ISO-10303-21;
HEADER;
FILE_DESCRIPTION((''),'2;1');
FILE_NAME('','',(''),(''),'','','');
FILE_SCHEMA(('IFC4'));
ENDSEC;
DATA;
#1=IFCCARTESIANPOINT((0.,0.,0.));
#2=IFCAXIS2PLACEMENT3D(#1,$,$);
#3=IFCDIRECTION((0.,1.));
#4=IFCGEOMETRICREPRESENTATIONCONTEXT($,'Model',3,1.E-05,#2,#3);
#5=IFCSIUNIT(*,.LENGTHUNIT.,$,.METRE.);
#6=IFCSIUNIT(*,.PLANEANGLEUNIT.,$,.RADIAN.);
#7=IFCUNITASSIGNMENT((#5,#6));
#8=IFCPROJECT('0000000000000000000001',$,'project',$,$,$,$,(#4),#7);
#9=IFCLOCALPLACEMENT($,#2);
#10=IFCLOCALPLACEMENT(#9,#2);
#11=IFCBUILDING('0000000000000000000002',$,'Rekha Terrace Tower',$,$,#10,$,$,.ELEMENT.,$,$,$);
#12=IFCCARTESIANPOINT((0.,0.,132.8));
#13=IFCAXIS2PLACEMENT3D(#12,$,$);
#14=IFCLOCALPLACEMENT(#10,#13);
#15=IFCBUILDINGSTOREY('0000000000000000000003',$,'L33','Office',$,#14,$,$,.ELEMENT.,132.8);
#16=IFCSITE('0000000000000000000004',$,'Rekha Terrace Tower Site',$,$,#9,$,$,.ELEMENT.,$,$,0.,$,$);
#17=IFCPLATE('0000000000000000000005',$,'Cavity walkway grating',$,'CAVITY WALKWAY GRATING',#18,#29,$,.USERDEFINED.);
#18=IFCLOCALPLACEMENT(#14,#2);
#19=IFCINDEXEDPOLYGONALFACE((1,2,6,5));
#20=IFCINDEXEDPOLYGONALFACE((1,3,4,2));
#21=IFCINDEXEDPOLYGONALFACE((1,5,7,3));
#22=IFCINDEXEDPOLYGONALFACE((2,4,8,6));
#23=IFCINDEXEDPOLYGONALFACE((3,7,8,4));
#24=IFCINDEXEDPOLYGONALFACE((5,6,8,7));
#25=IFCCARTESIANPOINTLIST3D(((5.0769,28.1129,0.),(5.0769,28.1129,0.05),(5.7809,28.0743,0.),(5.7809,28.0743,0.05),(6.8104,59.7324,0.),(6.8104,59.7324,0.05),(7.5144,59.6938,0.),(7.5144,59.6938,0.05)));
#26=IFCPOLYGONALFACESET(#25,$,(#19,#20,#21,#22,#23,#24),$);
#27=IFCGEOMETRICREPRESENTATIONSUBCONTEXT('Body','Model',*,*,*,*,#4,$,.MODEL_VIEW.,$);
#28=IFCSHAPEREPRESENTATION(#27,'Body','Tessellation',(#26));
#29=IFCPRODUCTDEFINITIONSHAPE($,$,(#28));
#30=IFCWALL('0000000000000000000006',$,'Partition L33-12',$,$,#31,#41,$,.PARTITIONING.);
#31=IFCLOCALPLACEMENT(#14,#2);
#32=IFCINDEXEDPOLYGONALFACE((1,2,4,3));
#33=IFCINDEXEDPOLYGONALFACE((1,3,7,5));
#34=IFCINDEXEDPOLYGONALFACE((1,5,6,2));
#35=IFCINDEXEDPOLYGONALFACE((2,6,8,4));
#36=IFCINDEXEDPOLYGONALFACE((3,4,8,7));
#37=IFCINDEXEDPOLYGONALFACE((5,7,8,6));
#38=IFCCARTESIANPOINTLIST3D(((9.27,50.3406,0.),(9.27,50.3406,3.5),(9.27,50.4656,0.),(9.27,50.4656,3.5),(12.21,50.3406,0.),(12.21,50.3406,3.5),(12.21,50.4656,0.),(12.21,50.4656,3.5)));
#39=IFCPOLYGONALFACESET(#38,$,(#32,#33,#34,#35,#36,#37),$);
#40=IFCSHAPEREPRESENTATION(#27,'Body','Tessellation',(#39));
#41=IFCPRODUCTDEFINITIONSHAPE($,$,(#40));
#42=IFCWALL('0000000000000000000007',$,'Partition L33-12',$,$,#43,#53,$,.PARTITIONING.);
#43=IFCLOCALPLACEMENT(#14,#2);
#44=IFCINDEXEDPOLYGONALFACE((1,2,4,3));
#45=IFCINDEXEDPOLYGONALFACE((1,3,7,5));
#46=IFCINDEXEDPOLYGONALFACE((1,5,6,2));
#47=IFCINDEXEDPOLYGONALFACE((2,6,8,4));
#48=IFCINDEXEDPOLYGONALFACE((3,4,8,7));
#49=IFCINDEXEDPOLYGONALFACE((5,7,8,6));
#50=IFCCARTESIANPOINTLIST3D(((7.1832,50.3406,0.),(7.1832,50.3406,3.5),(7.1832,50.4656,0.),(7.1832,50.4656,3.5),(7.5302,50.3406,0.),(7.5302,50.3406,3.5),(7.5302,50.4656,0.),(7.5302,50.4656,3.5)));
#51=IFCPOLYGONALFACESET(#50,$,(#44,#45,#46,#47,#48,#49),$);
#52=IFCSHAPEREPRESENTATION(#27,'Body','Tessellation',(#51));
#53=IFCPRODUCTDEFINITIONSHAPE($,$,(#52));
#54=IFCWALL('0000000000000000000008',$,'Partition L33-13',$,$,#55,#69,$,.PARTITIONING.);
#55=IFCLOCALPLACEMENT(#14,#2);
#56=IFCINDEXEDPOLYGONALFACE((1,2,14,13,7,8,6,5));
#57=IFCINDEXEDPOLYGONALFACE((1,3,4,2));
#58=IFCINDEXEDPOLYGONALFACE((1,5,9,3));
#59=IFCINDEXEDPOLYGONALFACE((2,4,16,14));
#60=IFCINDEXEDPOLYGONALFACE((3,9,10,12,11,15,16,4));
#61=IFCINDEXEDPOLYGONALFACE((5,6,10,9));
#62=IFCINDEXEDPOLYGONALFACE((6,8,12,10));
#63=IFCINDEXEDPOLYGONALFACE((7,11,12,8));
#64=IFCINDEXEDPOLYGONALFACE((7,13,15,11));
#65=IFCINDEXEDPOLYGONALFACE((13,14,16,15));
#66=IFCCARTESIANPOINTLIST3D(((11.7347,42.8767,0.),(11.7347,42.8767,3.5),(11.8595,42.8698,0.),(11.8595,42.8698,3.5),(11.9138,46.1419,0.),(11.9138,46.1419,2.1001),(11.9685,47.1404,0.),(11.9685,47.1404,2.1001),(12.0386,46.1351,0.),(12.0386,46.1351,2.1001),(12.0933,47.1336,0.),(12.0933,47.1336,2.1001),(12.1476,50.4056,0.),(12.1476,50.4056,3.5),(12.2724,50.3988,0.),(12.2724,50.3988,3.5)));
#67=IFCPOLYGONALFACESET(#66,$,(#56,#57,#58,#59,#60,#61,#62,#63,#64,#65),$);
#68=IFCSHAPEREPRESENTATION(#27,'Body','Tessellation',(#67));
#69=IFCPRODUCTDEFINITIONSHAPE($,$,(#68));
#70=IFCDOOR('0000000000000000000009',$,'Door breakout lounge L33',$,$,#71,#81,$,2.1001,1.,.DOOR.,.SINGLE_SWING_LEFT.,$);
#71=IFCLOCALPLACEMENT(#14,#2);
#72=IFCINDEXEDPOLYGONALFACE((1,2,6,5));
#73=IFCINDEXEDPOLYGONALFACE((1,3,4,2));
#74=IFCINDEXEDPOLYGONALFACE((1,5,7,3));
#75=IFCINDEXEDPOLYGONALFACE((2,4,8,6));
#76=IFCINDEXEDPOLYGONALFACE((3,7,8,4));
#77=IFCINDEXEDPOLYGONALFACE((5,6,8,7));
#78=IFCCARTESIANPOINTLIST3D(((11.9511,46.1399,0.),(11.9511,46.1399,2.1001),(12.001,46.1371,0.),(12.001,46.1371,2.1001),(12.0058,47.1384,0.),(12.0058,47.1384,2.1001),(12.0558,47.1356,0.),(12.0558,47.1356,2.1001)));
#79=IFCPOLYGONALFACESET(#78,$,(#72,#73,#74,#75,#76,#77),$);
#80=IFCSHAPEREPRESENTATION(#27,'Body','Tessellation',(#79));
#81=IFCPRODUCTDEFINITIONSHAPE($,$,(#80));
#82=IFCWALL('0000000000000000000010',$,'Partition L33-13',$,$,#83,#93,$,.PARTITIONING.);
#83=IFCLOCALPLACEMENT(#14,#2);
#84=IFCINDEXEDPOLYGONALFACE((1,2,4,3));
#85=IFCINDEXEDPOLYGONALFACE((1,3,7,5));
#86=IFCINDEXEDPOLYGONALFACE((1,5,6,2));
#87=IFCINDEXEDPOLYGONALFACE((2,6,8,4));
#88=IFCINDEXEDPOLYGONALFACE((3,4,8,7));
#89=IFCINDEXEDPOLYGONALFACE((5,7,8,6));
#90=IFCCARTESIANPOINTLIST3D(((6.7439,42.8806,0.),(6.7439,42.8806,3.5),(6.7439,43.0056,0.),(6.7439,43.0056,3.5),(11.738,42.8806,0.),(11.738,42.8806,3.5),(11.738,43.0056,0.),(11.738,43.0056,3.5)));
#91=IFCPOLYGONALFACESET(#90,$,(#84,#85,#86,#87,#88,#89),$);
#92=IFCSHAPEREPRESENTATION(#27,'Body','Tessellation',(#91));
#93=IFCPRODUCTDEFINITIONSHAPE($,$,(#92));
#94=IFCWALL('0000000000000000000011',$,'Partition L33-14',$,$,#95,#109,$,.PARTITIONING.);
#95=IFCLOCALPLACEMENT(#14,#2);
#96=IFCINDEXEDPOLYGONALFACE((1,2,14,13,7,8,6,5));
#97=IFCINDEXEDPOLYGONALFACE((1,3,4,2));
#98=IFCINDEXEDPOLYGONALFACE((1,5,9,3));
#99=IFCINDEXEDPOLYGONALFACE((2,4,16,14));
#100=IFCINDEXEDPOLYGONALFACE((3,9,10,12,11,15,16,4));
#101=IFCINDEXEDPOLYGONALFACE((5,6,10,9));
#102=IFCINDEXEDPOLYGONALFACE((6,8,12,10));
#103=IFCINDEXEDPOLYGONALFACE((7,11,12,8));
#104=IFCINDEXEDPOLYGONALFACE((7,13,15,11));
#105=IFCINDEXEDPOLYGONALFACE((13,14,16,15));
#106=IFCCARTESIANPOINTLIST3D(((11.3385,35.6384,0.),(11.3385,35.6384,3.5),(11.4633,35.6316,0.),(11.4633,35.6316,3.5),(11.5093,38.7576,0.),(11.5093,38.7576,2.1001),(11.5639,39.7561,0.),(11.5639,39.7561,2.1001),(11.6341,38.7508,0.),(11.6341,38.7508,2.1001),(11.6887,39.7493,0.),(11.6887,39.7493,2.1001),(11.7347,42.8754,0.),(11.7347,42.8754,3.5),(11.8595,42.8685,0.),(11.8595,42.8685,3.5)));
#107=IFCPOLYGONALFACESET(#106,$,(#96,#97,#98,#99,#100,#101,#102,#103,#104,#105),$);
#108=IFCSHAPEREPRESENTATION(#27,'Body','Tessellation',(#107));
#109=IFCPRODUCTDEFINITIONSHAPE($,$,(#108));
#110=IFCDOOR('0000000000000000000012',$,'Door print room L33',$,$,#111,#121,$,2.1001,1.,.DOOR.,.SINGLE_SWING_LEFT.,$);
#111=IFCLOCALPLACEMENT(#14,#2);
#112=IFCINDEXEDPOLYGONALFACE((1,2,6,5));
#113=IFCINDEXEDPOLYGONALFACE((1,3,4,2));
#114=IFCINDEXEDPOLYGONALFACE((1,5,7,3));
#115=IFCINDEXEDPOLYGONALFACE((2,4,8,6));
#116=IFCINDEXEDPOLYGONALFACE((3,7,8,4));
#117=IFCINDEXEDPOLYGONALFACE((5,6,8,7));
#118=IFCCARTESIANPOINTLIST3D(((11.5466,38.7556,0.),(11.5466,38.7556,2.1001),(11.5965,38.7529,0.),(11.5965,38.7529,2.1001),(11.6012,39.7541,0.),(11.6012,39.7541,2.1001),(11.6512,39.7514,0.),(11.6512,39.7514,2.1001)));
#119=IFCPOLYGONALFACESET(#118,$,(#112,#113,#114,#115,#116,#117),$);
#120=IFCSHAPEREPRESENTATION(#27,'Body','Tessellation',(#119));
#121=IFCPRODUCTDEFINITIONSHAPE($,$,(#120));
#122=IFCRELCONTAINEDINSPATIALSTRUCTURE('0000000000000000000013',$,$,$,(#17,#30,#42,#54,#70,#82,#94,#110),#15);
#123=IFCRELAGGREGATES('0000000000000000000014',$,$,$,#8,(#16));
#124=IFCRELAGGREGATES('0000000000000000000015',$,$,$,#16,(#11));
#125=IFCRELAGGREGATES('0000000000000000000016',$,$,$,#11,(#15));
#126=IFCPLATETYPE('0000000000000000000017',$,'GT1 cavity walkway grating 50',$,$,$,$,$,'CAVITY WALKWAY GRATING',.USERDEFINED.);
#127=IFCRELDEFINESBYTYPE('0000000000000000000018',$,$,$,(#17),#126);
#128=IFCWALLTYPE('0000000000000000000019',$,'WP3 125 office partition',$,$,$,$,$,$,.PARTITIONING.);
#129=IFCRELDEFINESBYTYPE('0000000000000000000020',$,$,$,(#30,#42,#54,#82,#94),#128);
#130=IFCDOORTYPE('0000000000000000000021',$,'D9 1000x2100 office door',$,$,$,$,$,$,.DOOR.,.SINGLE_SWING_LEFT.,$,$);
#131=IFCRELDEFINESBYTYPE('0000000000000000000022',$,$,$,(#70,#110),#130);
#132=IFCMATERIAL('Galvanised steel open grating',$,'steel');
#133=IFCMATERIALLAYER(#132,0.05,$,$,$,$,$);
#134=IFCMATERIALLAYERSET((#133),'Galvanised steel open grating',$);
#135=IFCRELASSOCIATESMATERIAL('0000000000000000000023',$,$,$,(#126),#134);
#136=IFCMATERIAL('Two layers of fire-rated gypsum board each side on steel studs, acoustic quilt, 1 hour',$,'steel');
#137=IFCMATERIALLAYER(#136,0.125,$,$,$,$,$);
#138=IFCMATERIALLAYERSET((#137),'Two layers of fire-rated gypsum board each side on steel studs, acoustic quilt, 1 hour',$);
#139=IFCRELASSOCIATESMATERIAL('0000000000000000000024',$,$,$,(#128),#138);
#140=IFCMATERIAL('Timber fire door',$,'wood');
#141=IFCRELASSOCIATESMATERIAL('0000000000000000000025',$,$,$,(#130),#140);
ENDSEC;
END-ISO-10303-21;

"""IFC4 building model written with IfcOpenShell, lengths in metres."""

from ifc_helpers import new_model, si_unit, direction, frame, frame_2d, origin, origin_2d, place, context, subcontext, project, spatial, rectangle, extrude, material, layer, layer_set, type_object, element, fill, save


model = new_model("IFC4")

# Units and contexts
model_context = context("Model", 3, precision=1e-05, world=origin(), true_north=direction((0.0, 1.0)))
body_context = subcontext(model_context, "Body", "Model", "MODEL_VIEW")
ifc_project = project(units=[si_unit("LENGTHUNIT", "METRE"), si_unit("PLANEANGLEUNIT", "RADIAN")], contexts=[model_context])

# Site, building, storey
site_placement = place(None, origin())
site = spatial("IfcSite", under=ifc_project, at=site_placement, Name="Rekha Terrace Tower Site", CompositionType="ELEMENT", RefElevation=0.0)
building_placement = place(site_placement, origin())
building = spatial("IfcBuilding", under=site, at=building_placement, Name="Rekha Terrace Tower", CompositionType="ELEMENT")
storey_placement = place(building_placement, frame((0.0, 0.0, 132.8)))
storey = spatial("IfcBuildingStorey", under=building, at=storey_placement, Name="L33", Description="Office", CompositionType="ELEMENT", Elevation=132.8)

# Plate
ifc_material_1 = material(Name="Galvanised steel open grating", Category="steel")
ifc_layer_1 = layer(ifc_material_1, 0.05)
ifc_layer_set_1 = layer_set([ifc_layer_1], Name="Galvanised steel open grating")
plate_type_1 = type_object("IfcPlateType", Name="GT1 cavity walkway grating 50", ElementType="CAVITY WALKWAY GRATING", PredefinedType="USERDEFINED", material=ifc_layer_set_1)
plate_1_placement = place(storey_placement, frame((6.2957, 43.9033, 0.0), z_axis=(0.0, 0.0, 1.0), x_axis=(-0.054742, -0.998501, 0.0)))
element("IfcPlate", 1, at=plate_1_placement, inside=storey, type_object=plate_type_1, Name="Cavity walkway grating", ObjectType="CAVITY WALKWAY GRATING", PredefinedType="USERDEFINED", context=body_context, shape_type="SweptSolid", body=[
    extrude(rectangle(XDim=31.667, YDim=0.7051, at=origin_2d()), origin(), (0.0, 0.0, 1.0), 0.05),
])

# Walls
ifc_material_2 = material(Name="Two layers of fire-rated gypsum board each side on steel studs, acoustic quilt, 1 hour", Category="steel")
ifc_layer_2 = layer(ifc_material_2, 0.125)
ifc_layer_set_2 = layer_set([ifc_layer_2], Name="Two layers of fire-rated gypsum board each side on steel studs, acoustic quilt, 1 hour")
wall_type = type_object("IfcWallType", Name="WP3 125 office partition", PredefinedType="PARTITIONING", material=ifc_layer_set_2)
wall_1_placement = place(storey_placement, frame((12.21, 50.4031, 0.0), z_axis=(0.0, 0.0, 1.0), x_axis=(-1.0, 0.0, 0.0)))
element("IfcWall", 2, at=wall_1_placement, inside=storey, type_object=wall_type, Name="Partition L33-12", PredefinedType="PARTITIONING", context=body_context, shape_type="SweptSolid", body=[
    extrude(rectangle(XDim=2.9399, YDim=0.125, at=frame_2d((1.47, 0.0))), origin(), (0.0, 0.0, 1.0), 3.5),
])
wall_2_placement = place(storey_placement, frame((7.53, 50.4031, 0.0), z_axis=(0.0, 0.0, 1.0), x_axis=(-1.0, 0.0, 0.0)))
element("IfcWall", 3, at=wall_2_placement, inside=storey, type_object=wall_type, Name="Partition L33-12", PredefinedType="PARTITIONING", context=body_context, shape_type="SweptSolid", body=[
    extrude(rectangle(XDim=0.3469, YDim=0.125, at=frame_2d((0.1733, 0.0))), origin(), (0.0, 0.0, 1.0), 3.5),
])

# Wall, opening, door
wall_3_placement = place(storey_placement, frame((12.21, 50.4021, 0.0), z_axis=(0.0, 0.0, 1.0), x_axis=(-0.054751, -0.9985, 0.0)))
wall_3 = element("IfcWall", 4, at=wall_3_placement, inside=storey, type_object=wall_type, Name="Partition L33-13", PredefinedType="PARTITIONING", context=body_context, shape_type="SweptSolid", body=[
    extrude(rectangle(XDim=7.5403, YDim=0.125, at=frame_2d((3.77, 0.0))), origin(), (0.0, 0.0, 1.0), 3.5),
])
opening_1_placement = place(wall_3_placement, frame((3.27, 0.0, 0.0)))
opening_1 = element("IfcOpeningElement", 5, at=opening_1_placement, cuts=wall_3, PredefinedType="OPENING", context=body_context, shape_type="SweptSolid", body=[
    extrude(rectangle(XDim=1.0, YDim=2.1001, at=frame_2d((0.5, 1.05))), frame((0.0, 0.0725, 0.0), z_axis=(0.0, -1.0, 0.0), x_axis=(1.0, 0.0, 0.0)), (0.0, 0.0, 1.0), 0.145),
])
ifc_material_3 = material(Name="Timber fire door", Category="wood")
door_type = type_object("IfcDoorType", Name="D9 1000x2100 office door", OperationType="SINGLE_SWING_LEFT", PredefinedType="DOOR", material=ifc_material_3)
door_1_placement = place(opening_1_placement, origin())
door_1 = element("IfcDoor", 6, at=door_1_placement, inside=storey, type_object=door_type, Name="Door breakout lounge L33", OperationType="SINGLE_SWING_LEFT", OverallHeight=2.1001, OverallWidth=1.0, PredefinedType="DOOR", context=body_context, shape_type="SweptSolid", body=[
    extrude(rectangle(XDim=1.0, YDim=2.1001, at=frame_2d((0.5, 1.05))), frame((0.0, 0.0249, 0.0), z_axis=(0.0, -1.0, 0.0), x_axis=(1.0, 0.0, 0.0)), (0.0, 0.0, 1.0), 0.05),
])
fill(opening_1, door_1)

# Wall
wall_4_placement = place(storey_placement, frame((11.738, 42.9431, 0.0), z_axis=(0.0, 0.0, 1.0), x_axis=(-1.0, 0.0, 0.0)))
element("IfcWall", 7, at=wall_4_placement, inside=storey, type_object=wall_type, Name="Partition L33-13", PredefinedType="PARTITIONING", context=body_context, shape_type="SweptSolid", body=[
    extrude(rectangle(XDim=4.9941, YDim=0.125, at=frame_2d((2.4971, 0.0))), origin(), (0.0, 0.0, 1.0), 3.5),
])

# Wall, opening, door
wall_5_placement = place(storey_placement, frame((11.7971, 42.8721, 0.0), z_axis=(0.0, 0.0, 1.0), x_axis=(-0.05467, -0.998504, 0.0)))
wall_5 = element("IfcWall", 8, at=wall_5_placement, inside=storey, type_object=wall_type, Name="Partition L33-14", PredefinedType="PARTITIONING", context=body_context, shape_type="SweptSolid", body=[
    extrude(rectangle(XDim=7.2478, YDim=0.125, at=frame_2d((3.624, 0.0))), origin(), (0.0, 0.0, 1.0), 3.5),
])
opening_2_placement = place(wall_5_placement, frame((3.124, 0.0, 0.0)))
opening_2 = element("IfcOpeningElement", 9, at=opening_2_placement, cuts=wall_5, PredefinedType="OPENING", context=body_context, shape_type="SweptSolid", body=[
    extrude(rectangle(XDim=1.0, YDim=2.1001, at=frame_2d((0.5, 1.05))), frame((0.0, 0.0725, 0.0), z_axis=(0.0, -1.0, 0.0), x_axis=(1.0, 0.0, 0.0)), (0.0, 0.0, 1.0), 0.145),
])
door_2_placement = place(opening_2_placement, origin())
door_2 = element("IfcDoor", 10, at=door_2_placement, inside=storey, type_object=door_type, Name="Door print room L33", OperationType="SINGLE_SWING_LEFT", OverallHeight=2.1001, OverallWidth=1.0, PredefinedType="DOOR", context=body_context, shape_type="SweptSolid", body=[
    extrude(rectangle(XDim=1.0, YDim=2.1001, at=frame_2d((0.5, 1.05))), frame((0.0, 0.0249, 0.0), z_axis=(0.0, -1.0, 0.0), x_axis=(1.0, 0.0, 0.0)), (0.0, 0.0, 1.0), 0.05),
])
fill(opening_2, door_2)

save(model, "model.ifc")
